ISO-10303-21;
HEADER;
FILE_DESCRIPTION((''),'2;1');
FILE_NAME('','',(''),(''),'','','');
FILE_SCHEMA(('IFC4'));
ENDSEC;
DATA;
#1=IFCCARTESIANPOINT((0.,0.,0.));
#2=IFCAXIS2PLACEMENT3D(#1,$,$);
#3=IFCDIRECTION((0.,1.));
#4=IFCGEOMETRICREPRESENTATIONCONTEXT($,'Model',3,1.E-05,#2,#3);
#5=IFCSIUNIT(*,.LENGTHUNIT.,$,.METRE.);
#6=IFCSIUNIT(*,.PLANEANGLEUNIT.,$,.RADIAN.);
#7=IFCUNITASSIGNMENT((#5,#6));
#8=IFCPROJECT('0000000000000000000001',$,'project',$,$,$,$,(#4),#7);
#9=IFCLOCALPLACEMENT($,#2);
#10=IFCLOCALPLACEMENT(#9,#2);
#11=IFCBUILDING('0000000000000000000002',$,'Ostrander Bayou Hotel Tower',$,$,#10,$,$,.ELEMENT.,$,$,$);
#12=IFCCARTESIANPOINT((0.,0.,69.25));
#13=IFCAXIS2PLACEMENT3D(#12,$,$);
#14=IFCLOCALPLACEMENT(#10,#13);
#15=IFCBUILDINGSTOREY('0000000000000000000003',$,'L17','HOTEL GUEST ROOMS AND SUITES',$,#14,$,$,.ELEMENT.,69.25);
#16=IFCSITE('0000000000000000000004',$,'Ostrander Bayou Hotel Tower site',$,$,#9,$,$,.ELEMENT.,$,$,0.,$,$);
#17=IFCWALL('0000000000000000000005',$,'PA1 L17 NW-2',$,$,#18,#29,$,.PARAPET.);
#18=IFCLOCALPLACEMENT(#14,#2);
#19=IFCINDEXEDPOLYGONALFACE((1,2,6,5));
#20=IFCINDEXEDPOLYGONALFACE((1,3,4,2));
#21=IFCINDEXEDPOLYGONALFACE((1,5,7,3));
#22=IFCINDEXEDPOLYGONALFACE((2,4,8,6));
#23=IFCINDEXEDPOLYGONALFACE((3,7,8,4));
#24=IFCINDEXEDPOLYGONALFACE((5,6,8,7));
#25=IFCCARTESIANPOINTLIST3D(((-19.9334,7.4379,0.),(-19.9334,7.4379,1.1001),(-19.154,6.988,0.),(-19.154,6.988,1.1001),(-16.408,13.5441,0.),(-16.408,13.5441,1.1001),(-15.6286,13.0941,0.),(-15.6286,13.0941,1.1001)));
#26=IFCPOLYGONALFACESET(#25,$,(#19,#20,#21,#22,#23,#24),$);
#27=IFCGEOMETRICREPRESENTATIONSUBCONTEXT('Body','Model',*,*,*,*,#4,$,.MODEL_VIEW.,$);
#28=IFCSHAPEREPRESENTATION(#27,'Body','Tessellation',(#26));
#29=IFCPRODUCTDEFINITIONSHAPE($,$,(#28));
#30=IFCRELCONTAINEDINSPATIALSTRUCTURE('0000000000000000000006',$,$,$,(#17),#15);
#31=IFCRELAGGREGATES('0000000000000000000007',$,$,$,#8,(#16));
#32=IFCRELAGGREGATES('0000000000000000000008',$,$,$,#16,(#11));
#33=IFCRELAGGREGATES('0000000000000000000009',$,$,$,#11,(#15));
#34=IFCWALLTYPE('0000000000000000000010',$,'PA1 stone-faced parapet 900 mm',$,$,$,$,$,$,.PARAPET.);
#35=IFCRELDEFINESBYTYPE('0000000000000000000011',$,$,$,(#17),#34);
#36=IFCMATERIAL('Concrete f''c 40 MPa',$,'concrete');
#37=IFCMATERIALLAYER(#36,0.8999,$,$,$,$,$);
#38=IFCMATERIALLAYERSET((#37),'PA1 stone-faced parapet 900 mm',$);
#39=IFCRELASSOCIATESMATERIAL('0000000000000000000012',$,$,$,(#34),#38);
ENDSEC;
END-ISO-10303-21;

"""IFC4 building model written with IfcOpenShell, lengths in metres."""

from ifc_helpers import new_model, si_unit, direction, frame, frame_2d, origin, place, context, subcontext, project, spatial, rectangle, extrude, material, layer, layer_set, type_object, element, save


model = new_model("IFC4")

# Units and contexts
model_context = context("Model", 3, precision=1e-05, world=origin(), true_north=direction((0.0, 1.0)))
body_context = subcontext(model_context, "Body", "Model", "MODEL_VIEW")
ifc_project = project(units=[si_unit("LENGTHUNIT", "METRE"), si_unit("PLANEANGLEUNIT", "RADIAN")], contexts=[model_context])

# Site, building, storey
site_placement = place(None, origin())
site = spatial("IfcSite", under=ifc_project, at=site_placement, Name="Ostrander Bayou Hotel Tower site", CompositionType="ELEMENT", RefElevation=0.0)
building_placement = place(site_placement, origin())
building = spatial("IfcBuilding", under=site, at=building_placement, Name="Ostrander Bayou Hotel Tower", CompositionType="ELEMENT")
storey_placement = place(building_placement, frame((0.0, 0.0, 69.25)))
storey = spatial("IfcBuildingStorey", under=building, at=storey_placement, Name="L17", Description="HOTEL GUEST ROOMS AND SUITES", CompositionType="ELEMENT", Elevation=69.25)

# Wall
ifc_material_1 = material(Name="Concrete f'c 40 MPa", Category="concrete")
ifc_layer_1 = layer(ifc_material_1, 0.8999)
ifc_layer_set_1 = layer_set([ifc_layer_1], Name="PA1 stone-faced parapet 900 mm")
wall_type = type_object("IfcWallType", Name="PA1 stone-faced parapet 900 mm", PredefinedType="PARAPET", material=ifc_layer_set_1)
wall_placement = place(storey_placement, frame((-16.0183, 13.3191, 0.0), z_axis=(0.0, 0.0, 1.0), x_axis=(-0.499997, -0.866027, 0.0)))
element("IfcWall", 1, at=wall_placement, inside=storey, type_object=wall_type, Name="PA1 L17 NW-2", PredefinedType="PARAPET", context=body_context, shape_type="SweptSolid", body=[
    extrude(rectangle(XDim=7.0508, YDim=0.8999, at=frame_2d((3.5254, 0.0))), origin(), (0.0, 0.0, 1.0), 1.1001),
])

save(model, "model.ifc")
